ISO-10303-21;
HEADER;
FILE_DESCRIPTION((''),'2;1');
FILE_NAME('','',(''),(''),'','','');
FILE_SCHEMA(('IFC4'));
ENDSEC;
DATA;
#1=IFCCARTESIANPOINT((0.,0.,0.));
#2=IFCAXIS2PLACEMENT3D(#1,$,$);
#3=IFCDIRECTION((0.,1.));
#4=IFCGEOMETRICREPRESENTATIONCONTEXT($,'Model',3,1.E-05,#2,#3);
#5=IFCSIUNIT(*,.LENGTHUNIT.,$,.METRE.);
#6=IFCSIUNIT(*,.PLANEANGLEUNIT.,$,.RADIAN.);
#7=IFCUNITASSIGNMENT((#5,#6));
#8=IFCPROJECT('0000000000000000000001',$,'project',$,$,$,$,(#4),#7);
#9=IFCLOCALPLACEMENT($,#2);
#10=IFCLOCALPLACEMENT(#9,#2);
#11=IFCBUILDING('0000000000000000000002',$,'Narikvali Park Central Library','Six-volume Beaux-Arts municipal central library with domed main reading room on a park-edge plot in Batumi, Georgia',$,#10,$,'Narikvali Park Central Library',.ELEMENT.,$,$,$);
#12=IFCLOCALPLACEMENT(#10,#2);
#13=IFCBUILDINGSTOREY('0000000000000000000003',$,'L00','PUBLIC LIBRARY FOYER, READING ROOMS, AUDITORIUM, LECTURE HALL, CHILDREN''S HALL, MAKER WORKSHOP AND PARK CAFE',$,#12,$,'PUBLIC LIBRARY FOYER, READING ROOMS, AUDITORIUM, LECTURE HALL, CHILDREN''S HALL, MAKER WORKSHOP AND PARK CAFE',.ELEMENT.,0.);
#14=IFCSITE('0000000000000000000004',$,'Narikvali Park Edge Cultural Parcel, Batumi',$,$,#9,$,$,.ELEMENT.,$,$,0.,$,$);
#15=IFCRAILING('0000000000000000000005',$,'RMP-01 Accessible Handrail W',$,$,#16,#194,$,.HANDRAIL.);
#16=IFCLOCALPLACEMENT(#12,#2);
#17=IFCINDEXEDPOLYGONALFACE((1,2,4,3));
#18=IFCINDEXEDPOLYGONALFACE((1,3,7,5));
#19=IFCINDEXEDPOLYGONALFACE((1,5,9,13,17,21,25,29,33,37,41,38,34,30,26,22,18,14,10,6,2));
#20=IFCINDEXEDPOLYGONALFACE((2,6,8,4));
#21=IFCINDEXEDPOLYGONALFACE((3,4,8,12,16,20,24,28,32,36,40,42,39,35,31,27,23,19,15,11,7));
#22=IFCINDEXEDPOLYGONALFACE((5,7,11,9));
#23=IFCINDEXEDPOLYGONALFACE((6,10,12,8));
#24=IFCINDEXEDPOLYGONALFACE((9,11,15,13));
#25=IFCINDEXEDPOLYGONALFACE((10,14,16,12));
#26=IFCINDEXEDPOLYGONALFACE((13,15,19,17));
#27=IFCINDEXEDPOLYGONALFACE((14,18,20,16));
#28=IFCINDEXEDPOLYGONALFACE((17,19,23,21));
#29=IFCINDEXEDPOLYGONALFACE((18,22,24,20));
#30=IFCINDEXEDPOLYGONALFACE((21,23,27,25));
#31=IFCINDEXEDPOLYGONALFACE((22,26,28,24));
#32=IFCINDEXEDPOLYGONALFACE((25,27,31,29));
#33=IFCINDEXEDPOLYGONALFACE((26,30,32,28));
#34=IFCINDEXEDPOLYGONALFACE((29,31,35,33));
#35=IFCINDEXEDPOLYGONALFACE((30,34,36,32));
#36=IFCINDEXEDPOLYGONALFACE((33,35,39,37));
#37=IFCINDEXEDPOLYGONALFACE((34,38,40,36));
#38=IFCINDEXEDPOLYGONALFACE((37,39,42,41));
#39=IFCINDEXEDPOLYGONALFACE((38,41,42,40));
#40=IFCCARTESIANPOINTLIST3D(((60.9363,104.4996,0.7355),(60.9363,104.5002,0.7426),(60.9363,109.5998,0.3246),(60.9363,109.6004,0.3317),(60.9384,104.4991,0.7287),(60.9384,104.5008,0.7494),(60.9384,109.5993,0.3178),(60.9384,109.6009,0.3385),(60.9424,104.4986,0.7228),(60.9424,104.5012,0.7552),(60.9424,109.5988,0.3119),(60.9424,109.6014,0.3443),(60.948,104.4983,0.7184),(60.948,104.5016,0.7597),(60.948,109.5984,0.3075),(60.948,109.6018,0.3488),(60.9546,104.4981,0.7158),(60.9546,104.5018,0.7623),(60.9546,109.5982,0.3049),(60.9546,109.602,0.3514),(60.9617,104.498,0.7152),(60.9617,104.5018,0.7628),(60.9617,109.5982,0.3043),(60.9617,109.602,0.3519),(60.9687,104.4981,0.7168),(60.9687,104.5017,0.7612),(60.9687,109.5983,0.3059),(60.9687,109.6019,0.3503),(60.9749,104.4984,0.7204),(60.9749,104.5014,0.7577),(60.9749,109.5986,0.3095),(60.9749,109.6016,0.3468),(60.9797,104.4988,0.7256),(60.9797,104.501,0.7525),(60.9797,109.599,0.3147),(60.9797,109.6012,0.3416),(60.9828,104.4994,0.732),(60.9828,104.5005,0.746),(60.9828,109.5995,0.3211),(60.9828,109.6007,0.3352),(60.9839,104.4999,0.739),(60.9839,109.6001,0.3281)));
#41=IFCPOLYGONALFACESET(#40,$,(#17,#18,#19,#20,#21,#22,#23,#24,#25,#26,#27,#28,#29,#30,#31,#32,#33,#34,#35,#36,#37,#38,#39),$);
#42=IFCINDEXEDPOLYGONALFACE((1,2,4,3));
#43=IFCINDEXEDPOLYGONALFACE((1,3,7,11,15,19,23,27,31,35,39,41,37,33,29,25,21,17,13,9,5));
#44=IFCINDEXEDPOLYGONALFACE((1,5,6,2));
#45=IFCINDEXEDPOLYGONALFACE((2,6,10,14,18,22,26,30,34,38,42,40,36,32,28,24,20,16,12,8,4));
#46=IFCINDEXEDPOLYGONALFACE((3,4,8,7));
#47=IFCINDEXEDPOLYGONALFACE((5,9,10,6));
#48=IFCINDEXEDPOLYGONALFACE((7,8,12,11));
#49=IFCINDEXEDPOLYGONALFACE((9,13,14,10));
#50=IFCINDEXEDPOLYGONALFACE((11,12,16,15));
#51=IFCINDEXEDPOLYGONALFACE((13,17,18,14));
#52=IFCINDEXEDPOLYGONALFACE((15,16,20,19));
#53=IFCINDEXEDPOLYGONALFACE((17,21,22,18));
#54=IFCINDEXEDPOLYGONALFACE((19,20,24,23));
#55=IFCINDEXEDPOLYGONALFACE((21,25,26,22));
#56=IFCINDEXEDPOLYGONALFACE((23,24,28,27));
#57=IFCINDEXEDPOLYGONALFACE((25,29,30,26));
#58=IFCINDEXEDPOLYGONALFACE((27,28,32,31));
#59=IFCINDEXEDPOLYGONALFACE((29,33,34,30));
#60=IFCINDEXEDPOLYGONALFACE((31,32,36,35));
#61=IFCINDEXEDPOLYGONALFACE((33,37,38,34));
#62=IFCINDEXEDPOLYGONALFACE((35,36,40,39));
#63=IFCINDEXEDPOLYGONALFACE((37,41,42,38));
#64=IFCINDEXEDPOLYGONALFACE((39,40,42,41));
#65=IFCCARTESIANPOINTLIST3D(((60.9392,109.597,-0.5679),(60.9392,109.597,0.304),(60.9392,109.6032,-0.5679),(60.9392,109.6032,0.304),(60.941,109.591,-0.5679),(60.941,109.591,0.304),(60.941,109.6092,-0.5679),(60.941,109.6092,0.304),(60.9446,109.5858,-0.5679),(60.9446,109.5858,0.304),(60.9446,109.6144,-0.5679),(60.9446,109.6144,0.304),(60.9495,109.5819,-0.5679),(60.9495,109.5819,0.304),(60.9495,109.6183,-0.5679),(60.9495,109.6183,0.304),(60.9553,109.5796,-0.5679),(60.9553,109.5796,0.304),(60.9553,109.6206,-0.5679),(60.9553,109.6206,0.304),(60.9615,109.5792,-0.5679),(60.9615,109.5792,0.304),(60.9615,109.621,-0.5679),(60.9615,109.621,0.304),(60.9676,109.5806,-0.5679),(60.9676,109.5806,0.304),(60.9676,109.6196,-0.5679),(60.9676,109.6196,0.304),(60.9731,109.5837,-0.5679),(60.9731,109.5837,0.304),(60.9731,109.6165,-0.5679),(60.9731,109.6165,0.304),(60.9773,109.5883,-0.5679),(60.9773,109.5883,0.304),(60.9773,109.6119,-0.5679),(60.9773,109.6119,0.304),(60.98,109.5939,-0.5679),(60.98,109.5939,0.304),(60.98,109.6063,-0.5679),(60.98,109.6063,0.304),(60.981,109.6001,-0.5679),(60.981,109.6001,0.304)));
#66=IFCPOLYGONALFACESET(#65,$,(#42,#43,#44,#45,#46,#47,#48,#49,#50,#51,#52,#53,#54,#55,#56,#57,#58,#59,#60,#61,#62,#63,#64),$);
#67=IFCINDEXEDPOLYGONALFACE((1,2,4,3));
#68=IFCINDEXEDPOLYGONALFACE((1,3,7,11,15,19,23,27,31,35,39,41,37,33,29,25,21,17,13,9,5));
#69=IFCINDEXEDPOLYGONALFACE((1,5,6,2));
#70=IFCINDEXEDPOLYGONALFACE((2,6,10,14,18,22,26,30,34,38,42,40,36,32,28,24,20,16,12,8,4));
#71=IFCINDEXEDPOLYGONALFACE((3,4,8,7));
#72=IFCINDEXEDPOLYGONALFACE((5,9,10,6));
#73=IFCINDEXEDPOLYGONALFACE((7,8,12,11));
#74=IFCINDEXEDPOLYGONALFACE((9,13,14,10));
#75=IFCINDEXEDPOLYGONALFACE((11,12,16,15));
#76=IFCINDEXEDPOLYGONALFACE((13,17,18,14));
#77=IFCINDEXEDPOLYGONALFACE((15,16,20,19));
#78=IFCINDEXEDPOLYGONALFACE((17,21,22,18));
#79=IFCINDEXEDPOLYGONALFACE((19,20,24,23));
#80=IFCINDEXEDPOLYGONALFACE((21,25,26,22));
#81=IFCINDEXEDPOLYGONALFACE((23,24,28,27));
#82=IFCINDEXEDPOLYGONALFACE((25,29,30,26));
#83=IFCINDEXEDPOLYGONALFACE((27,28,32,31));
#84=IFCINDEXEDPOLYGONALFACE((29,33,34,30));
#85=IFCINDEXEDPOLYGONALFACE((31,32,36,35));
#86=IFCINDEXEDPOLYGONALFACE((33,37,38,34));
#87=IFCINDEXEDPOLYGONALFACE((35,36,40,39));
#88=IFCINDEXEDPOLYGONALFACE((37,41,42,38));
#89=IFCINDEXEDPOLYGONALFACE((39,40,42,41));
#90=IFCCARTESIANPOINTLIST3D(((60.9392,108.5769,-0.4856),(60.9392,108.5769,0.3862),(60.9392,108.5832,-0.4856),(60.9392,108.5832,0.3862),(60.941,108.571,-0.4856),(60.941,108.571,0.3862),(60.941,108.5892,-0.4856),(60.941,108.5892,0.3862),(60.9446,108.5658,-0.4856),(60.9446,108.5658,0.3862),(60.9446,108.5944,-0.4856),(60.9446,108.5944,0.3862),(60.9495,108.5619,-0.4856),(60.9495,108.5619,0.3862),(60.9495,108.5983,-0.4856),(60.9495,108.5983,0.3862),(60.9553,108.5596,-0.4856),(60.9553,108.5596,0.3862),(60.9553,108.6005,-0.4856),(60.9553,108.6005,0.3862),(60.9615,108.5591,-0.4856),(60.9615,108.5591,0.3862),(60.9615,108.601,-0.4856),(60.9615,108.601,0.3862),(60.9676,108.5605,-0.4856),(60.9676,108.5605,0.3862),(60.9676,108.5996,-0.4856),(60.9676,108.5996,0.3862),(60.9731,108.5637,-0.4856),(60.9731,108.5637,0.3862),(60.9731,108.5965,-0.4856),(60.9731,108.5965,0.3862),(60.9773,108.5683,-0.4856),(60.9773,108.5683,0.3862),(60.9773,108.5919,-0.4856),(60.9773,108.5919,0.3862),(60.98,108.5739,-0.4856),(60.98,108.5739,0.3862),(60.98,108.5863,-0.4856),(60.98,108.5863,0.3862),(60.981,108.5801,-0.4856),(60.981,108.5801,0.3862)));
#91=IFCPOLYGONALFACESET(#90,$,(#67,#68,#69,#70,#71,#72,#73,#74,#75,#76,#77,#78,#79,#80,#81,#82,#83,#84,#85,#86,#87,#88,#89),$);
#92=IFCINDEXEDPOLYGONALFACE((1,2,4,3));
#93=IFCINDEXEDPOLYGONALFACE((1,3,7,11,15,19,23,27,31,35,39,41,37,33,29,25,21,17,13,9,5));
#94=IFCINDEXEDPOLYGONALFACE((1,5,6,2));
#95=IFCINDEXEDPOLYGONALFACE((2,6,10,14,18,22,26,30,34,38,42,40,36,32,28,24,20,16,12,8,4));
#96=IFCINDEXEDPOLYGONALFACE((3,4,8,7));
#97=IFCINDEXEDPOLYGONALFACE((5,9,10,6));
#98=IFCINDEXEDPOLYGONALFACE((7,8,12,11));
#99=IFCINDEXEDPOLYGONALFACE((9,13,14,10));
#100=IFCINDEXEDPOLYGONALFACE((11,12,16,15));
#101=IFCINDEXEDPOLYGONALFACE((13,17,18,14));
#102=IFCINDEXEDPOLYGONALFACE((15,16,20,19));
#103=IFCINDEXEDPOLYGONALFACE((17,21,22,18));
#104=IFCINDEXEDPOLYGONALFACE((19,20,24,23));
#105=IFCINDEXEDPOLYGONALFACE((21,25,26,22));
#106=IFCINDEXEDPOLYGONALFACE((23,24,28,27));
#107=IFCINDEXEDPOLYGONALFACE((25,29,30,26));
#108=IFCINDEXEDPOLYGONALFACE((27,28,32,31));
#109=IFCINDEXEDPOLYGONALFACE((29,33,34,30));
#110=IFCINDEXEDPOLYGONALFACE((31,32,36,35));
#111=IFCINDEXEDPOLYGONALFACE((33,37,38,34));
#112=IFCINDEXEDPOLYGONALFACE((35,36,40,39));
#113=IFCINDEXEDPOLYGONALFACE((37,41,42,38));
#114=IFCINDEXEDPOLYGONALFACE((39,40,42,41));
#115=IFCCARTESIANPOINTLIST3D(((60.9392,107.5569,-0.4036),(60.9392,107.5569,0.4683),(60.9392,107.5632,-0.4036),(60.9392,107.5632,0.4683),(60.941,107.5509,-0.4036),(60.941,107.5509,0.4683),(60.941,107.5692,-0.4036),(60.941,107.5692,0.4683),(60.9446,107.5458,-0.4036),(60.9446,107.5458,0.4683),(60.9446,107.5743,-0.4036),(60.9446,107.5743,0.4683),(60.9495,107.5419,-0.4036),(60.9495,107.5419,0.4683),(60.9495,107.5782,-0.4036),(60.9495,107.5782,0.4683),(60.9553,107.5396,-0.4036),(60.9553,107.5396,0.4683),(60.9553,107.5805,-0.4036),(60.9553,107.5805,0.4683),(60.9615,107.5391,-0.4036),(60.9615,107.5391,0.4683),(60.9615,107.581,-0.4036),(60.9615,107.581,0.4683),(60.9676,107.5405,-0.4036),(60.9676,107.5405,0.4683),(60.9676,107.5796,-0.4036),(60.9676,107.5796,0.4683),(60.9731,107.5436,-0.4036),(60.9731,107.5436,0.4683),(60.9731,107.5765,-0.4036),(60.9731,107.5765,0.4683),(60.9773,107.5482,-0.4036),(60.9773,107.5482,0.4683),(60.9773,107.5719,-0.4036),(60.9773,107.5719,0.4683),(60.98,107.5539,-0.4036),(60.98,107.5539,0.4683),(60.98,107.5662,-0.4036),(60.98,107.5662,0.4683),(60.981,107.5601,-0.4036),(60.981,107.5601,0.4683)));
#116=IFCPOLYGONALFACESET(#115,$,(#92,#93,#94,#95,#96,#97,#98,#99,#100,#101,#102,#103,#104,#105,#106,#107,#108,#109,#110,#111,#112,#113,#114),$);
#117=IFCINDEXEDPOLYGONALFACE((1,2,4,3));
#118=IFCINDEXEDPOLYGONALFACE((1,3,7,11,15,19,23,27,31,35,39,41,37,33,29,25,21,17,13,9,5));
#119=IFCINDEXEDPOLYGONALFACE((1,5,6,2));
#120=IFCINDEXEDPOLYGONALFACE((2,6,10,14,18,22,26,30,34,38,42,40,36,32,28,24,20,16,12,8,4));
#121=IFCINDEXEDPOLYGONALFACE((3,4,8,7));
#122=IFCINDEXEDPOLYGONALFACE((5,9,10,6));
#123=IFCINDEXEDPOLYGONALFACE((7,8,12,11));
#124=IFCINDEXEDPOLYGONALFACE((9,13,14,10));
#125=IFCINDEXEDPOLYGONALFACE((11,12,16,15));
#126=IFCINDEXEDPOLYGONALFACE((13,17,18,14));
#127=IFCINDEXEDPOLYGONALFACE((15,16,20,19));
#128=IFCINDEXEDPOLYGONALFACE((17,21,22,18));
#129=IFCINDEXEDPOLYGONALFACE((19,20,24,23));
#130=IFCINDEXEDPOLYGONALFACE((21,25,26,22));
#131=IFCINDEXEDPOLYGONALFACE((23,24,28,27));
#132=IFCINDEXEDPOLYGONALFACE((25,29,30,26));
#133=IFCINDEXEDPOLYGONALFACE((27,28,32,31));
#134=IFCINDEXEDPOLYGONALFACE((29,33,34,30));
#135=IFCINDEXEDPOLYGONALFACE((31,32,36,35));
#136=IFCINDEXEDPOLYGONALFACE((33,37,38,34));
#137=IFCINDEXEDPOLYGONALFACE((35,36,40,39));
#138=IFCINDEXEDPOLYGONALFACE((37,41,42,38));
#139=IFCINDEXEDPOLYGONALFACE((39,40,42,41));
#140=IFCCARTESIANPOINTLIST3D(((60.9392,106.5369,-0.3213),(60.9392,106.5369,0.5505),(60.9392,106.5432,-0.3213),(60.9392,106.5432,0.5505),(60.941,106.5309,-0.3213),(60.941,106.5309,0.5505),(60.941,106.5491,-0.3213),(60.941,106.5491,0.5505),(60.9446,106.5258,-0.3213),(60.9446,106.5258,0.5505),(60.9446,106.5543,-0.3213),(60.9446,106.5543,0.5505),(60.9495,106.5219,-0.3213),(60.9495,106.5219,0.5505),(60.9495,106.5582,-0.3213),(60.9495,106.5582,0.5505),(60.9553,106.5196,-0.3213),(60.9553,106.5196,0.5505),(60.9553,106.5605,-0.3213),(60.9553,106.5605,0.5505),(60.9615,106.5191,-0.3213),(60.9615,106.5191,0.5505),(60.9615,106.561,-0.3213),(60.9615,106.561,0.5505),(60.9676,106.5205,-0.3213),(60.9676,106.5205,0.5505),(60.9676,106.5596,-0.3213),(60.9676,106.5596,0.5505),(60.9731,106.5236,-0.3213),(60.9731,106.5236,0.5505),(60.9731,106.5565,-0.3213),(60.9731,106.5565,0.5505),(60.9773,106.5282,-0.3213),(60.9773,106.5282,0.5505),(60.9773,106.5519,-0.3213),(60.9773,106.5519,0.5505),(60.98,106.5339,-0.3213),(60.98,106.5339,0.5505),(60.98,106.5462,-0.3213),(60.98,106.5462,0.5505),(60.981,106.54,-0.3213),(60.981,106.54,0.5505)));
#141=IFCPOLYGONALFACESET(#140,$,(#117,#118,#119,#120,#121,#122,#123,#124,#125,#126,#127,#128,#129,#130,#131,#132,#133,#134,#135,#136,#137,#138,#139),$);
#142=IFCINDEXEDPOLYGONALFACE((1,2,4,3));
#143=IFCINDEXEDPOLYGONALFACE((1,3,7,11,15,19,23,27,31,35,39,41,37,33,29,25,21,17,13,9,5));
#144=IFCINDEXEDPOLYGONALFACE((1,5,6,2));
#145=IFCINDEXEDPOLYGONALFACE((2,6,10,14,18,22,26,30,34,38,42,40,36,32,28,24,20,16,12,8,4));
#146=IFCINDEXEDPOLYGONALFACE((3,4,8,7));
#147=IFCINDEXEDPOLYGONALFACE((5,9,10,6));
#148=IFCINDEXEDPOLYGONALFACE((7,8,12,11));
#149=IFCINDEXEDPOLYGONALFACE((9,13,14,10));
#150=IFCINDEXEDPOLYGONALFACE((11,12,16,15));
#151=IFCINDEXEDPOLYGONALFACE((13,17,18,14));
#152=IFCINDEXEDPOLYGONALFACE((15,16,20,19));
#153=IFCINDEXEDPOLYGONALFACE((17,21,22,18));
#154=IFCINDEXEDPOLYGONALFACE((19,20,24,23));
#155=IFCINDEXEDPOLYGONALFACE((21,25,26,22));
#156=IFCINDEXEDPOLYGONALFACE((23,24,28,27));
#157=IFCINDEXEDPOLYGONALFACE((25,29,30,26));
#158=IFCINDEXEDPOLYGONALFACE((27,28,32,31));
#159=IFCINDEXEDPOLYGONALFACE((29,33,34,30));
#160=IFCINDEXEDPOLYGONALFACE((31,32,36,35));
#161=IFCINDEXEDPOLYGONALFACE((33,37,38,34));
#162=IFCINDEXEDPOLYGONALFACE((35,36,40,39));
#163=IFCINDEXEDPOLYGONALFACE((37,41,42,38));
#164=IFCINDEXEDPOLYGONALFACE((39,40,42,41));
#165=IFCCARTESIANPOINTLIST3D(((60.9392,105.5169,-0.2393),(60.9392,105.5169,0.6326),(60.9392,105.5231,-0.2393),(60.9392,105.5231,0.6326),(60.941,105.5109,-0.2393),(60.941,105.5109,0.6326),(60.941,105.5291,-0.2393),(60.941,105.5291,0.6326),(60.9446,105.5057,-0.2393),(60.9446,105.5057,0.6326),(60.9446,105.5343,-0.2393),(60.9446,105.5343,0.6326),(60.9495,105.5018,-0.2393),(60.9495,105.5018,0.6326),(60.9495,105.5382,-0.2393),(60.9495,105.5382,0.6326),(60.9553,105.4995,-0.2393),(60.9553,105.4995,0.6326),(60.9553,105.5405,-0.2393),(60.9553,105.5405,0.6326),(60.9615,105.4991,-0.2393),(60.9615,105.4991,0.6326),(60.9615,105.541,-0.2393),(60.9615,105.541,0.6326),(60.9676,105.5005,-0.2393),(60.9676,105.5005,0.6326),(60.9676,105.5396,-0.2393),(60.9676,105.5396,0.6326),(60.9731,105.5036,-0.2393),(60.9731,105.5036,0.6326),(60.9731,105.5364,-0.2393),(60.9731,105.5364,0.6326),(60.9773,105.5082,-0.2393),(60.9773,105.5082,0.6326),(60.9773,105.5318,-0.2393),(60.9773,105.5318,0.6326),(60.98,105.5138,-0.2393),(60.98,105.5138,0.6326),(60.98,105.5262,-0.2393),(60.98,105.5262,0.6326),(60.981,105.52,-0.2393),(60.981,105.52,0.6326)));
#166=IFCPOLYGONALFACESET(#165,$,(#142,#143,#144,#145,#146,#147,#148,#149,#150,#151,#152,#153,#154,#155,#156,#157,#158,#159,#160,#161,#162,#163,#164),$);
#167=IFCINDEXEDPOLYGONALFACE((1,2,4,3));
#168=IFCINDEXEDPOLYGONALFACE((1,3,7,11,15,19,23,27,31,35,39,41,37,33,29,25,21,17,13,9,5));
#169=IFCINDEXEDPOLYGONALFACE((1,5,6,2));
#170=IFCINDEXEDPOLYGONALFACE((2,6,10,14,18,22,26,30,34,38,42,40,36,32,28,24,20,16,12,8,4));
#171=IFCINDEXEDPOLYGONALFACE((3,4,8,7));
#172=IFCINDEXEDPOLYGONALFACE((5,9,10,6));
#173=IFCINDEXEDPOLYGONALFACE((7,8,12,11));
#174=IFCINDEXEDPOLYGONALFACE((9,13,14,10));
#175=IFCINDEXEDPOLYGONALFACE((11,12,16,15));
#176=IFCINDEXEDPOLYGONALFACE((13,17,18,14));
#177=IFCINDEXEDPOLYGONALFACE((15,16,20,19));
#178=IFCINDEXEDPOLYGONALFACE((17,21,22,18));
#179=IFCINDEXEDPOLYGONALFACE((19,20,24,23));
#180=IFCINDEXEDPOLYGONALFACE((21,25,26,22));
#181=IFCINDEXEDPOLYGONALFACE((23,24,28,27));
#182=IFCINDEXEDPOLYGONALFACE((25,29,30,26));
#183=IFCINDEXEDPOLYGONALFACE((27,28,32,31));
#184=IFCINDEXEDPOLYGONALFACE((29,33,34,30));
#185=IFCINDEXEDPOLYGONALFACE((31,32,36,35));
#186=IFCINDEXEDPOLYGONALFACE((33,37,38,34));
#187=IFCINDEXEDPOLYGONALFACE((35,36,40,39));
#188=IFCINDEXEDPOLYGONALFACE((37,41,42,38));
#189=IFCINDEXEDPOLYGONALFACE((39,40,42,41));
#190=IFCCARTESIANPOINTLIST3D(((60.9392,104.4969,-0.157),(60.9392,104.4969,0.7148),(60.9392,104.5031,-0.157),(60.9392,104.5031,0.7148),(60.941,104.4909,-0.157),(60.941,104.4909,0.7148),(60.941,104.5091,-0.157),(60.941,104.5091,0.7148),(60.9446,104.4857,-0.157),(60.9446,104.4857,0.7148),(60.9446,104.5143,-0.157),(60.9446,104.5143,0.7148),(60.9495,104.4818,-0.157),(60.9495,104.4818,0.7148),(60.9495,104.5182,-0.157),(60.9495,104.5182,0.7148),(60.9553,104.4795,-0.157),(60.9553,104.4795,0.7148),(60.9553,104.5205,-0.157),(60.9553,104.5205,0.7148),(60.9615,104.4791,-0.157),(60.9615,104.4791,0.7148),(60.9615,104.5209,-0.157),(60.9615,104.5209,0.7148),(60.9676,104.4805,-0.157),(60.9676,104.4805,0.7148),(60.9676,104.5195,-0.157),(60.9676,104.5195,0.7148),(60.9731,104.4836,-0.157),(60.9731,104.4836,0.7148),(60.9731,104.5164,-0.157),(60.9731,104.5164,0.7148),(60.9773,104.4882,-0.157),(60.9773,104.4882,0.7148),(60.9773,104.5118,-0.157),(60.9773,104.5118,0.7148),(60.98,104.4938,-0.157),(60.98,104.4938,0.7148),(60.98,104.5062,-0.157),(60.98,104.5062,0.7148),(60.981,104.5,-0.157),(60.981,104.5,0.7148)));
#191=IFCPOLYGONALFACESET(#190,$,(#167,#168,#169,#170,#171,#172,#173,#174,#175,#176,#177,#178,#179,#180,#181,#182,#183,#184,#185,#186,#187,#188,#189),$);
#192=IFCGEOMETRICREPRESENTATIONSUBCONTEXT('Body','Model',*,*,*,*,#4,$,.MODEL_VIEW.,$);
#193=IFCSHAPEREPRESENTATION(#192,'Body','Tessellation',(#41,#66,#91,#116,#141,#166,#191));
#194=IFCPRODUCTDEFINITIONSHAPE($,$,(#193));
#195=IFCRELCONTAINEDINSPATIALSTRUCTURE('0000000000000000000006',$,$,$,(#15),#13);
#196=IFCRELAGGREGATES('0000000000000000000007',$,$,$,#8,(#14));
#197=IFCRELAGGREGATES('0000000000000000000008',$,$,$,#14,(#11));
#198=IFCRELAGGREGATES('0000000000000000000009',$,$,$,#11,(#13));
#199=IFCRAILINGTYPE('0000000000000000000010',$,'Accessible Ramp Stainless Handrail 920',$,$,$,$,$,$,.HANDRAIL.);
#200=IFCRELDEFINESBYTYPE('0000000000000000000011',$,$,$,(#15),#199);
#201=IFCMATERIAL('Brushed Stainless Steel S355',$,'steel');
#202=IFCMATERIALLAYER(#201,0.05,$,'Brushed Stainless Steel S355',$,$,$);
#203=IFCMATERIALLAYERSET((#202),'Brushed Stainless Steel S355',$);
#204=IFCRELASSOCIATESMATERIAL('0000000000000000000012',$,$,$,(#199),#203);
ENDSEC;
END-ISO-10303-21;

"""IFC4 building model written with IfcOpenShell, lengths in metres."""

from ifc_helpers import new_model, si_unit, direction, frame, origin, origin_2d, place, context, subcontext, project, spatial, circle, extrude, material, layer, layer_set, type_object, element, save


model = new_model("IFC4")

# Units and contexts
model_context = context("Model", 3, precision=1e-05, world=origin(), true_north=direction((0.0, 1.0)))
body_context = subcontext(model_context, "Body", "Model", "MODEL_VIEW")
ifc_project = project(units=[si_unit("LENGTHUNIT", "METRE"), si_unit("PLANEANGLEUNIT", "RADIAN")], contexts=[model_context])

# Site, building, storey
site_placement = place(None, origin())
site = spatial("IfcSite", under=ifc_project, at=site_placement, Name="Narikvali Park Edge Cultural Parcel, Batumi", CompositionType="ELEMENT", RefElevation=0.0)
building_placement = place(site_placement, origin())
building = spatial("IfcBuilding", under=site, at=building_placement, Name="Narikvali Park Central Library", Description="Six-volume Beaux-Arts municipal central library with domed main reading room on a park-edge plot in Batumi, Georgia", LongName="Narikvali Park Central Library", CompositionType="ELEMENT")
storey_placement = place(building_placement, origin())
storey = spatial("IfcBuildingStorey", under=building, at=storey_placement, Name="L00", Description="PUBLIC LIBRARY FOYER, READING ROOMS, AUDITORIUM, LECTURE HALL, CHILDREN'S HALL, MAKER WORKSHOP AND PARK CAFE", LongName="PUBLIC LIBRARY FOYER, READING ROOMS, AUDITORIUM, LECTURE HALL, CHILDREN'S HALL, MAKER WORKSHOP AND PARK CAFE", CompositionType="ELEMENT", Elevation=0.0)

# Railing
ifc_material_1 = material(Name="Brushed Stainless Steel S355", Category="steel")
ifc_layer_1 = layer(ifc_material_1, 0.05, Name="Brushed Stainless Steel S355")
ifc_layer_set_1 = layer_set([ifc_layer_1], Name="Brushed Stainless Steel S355")
railing_type = type_object("IfcRailingType", Name="Accessible Ramp Stainless Handrail 920", PredefinedType="HANDRAIL", material=ifc_layer_set_1)
for number, where, name in (
    (1, (60.96, 109.6001, -0.5679), "RMP-01 Accessible Handrail W"),
):
    element("IfcRailing", number, at=place(storey_placement, frame(where)), inside=storey, type_object=railing_type, Name=name, PredefinedType="HANDRAIL", context=body_context, shape_type="SweptSolid", body=[
        extrude(circle(Radius=0.0239, at=origin_2d()), frame((0.0, 0.0, 0.896), z_axis=(0.0, -0.99677, 0.080305), x_axis=(1.0, 0.0, 0.0)), (0.0, 0.0, 1.0), 5.1167),
        extrude(circle(Radius=0.021, at=origin_2d()), origin(), (0.0, 0.0, 1.0), 0.8718),
        extrude(circle(Radius=0.021, at=origin_2d()), frame((0.0, -1.02, 0.0823)), (0.0, 0.0, 1.0), 0.8718),
        extrude(circle(Radius=0.021, at=origin_2d()), frame((0.0, -2.04, 0.1643)), (0.0, 0.0, 1.0), 0.8718),
        extrude(circle(Radius=0.021, at=origin_2d()), frame((0.0, -3.0601, 0.2466)), (0.0, 0.0, 1.0), 0.8718),
        extrude(circle(Radius=0.021, at=origin_2d()), frame((0.0, -4.0801, 0.3286)), (0.0, 0.0, 1.0), 0.8718),
        extrude(circle(Radius=0.021, at=origin_2d()), frame((0.0, -5.1001, 0.4109)), (0.0, 0.0, 1.0), 0.8718),
    ])

save(model, "model.ifc")
